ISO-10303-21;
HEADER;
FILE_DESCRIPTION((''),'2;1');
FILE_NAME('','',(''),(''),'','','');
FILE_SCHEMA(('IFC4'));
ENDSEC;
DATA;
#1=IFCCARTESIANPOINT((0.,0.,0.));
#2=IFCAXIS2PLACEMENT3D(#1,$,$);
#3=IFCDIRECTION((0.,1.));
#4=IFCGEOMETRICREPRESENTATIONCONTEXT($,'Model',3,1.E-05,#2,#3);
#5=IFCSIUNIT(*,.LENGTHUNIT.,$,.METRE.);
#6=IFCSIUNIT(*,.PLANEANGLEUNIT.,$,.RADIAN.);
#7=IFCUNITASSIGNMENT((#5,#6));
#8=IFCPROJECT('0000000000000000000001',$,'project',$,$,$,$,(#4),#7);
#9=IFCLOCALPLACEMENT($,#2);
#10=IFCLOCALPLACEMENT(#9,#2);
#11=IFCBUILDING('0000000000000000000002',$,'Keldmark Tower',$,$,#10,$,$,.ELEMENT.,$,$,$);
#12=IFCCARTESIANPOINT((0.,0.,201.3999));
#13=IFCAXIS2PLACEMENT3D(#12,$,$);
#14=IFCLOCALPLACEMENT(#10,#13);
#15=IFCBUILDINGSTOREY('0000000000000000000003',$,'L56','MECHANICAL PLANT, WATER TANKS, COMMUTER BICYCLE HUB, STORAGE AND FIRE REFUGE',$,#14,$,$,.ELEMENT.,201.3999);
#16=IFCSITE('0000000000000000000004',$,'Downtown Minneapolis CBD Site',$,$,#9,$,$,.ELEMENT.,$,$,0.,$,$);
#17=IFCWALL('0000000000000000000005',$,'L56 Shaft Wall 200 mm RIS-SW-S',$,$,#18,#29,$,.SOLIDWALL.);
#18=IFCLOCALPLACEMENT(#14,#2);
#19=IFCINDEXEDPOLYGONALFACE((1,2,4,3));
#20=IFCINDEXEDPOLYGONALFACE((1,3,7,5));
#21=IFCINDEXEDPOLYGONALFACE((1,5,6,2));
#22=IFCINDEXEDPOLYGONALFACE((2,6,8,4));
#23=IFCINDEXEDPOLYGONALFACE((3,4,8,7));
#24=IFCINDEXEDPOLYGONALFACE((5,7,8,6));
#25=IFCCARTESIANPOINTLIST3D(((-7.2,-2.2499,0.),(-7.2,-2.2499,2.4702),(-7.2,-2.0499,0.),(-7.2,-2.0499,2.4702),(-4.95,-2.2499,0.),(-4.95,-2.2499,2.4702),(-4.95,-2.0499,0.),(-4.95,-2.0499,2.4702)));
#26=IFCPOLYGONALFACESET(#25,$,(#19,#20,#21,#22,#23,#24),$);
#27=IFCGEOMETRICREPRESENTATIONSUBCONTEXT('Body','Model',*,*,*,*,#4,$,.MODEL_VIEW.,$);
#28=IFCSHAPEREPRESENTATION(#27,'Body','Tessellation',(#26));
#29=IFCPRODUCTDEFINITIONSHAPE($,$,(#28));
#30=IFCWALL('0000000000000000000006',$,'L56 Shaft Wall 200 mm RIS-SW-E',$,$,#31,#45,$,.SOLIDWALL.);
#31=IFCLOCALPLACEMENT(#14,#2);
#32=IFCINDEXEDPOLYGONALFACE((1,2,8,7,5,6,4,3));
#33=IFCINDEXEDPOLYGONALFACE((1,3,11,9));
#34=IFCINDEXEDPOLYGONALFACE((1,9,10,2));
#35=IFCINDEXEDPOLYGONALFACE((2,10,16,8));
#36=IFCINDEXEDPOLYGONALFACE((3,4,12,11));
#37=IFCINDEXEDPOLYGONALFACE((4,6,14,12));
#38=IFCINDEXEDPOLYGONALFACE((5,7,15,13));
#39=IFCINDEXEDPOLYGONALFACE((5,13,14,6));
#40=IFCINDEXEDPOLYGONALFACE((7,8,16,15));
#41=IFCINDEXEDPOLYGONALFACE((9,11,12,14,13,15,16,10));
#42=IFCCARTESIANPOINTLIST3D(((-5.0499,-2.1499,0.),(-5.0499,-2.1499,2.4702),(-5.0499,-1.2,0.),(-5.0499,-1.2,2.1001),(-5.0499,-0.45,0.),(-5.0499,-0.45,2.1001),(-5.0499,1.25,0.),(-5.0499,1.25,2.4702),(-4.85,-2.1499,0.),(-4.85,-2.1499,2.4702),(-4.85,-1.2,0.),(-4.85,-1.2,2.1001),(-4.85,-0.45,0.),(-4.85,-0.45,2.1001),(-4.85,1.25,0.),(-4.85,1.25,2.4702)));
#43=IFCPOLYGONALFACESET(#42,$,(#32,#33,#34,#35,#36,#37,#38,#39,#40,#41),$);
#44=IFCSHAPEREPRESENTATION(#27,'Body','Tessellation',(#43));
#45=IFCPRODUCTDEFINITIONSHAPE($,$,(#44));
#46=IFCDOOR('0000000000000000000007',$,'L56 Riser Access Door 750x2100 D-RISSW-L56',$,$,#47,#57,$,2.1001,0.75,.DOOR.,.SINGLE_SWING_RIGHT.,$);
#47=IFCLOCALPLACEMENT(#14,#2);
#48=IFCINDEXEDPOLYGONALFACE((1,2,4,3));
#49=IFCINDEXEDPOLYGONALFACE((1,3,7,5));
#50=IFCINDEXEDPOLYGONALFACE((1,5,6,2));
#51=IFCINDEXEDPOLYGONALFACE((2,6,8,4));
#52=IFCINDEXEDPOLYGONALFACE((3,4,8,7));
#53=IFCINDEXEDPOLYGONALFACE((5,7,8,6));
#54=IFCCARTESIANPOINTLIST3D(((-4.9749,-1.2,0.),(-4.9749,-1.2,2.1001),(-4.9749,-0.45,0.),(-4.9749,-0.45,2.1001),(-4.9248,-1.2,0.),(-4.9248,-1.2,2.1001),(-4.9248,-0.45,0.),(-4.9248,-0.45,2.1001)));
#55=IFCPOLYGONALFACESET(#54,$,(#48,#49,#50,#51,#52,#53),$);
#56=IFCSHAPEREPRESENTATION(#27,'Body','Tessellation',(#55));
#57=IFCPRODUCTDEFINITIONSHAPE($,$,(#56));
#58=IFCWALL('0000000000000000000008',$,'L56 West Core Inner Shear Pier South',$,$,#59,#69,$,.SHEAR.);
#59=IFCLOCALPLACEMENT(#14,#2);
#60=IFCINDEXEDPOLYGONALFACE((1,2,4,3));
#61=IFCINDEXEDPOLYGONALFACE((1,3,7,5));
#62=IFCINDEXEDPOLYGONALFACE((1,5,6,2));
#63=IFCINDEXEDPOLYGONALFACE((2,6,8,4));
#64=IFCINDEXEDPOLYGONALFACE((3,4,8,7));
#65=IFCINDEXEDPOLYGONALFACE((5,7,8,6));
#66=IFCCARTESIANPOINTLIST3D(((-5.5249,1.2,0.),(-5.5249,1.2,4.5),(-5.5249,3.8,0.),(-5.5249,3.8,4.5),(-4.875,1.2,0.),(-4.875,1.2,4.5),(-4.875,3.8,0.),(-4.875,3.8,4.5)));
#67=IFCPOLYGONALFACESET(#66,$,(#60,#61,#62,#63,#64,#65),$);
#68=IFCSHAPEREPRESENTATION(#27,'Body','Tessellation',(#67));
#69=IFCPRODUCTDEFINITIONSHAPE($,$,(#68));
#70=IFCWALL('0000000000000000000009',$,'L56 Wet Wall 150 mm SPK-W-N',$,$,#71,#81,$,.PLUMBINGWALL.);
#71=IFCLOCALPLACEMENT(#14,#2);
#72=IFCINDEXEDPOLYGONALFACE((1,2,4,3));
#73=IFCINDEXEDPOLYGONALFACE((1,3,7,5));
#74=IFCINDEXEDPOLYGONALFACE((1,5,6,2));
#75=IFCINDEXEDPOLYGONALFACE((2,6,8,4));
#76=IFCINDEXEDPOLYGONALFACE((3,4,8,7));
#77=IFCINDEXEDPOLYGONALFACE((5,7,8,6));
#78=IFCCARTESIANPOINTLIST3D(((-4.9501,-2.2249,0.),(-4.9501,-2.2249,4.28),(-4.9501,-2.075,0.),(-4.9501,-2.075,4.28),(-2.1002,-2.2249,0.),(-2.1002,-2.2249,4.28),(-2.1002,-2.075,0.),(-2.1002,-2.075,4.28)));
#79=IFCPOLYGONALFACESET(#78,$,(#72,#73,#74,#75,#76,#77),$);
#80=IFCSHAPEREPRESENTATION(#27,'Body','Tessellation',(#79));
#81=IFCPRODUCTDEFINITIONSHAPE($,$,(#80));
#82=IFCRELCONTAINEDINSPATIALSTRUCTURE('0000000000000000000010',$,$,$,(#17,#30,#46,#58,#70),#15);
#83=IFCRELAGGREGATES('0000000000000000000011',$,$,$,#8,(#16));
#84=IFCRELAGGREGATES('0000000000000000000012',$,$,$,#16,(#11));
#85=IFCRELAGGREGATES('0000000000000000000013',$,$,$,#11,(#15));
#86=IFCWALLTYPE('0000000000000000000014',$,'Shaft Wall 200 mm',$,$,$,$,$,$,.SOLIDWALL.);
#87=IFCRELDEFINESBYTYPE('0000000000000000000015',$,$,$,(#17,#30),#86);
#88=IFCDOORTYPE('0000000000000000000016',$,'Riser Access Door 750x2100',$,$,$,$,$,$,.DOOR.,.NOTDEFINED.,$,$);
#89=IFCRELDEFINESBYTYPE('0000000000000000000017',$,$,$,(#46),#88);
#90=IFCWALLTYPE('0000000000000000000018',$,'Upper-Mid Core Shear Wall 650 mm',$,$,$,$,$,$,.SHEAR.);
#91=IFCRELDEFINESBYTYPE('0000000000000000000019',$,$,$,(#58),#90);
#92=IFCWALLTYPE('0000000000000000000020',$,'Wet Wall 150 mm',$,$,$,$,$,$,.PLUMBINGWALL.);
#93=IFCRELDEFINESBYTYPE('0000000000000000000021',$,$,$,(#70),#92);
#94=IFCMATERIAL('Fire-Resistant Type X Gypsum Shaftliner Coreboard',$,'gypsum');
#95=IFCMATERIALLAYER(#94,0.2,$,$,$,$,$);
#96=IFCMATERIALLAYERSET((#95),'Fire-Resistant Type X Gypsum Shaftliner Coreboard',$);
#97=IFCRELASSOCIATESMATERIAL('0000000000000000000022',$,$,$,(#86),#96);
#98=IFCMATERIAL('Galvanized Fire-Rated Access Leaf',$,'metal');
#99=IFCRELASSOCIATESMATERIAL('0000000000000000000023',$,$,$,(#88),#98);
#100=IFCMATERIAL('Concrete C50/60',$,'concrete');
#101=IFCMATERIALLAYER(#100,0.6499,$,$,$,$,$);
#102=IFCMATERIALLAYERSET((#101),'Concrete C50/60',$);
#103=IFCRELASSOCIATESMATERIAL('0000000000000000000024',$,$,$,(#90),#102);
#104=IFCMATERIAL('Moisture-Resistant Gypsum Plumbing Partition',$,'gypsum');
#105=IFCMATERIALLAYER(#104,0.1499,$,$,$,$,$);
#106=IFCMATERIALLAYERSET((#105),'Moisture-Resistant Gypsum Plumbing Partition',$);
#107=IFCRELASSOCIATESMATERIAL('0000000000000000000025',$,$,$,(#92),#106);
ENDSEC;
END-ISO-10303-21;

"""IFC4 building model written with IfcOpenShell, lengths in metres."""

from ifc_helpers import new_model, si_unit, direction, frame, frame_2d, origin, place, context, subcontext, project, spatial, rectangle, extrude, material, layer, layer_set, type_object, element, fill, save


model = new_model("IFC4")

# Units and contexts
model_context = context("Model", 3, precision=1e-05, world=origin(), true_north=direction((0.0, 1.0)))
body_context = subcontext(model_context, "Body", "Model", "MODEL_VIEW")
ifc_project = project(units=[si_unit("LENGTHUNIT", "METRE"), si_unit("PLANEANGLEUNIT", "RADIAN")], contexts=[model_context])

# Site, building, storey
site_placement = place(None, origin())
site = spatial("IfcSite", under=ifc_project, at=site_placement, Name="Downtown Minneapolis CBD Site", CompositionType="ELEMENT", RefElevation=0.0)
building_placement = place(site_placement, origin())
building = spatial("IfcBuilding", under=site, at=building_placement, Name="Keldmark Tower", CompositionType="ELEMENT")
storey_placement = place(building_placement, frame((0.0, 0.0, 201.3999)))
storey = spatial("IfcBuildingStorey", under=building, at=storey_placement, Name="L56", Description="MECHANICAL PLANT, WATER TANKS, COMMUTER BICYCLE HUB, STORAGE AND FIRE REFUGE", CompositionType="ELEMENT", Elevation=201.3999)

# Wall
ifc_material_1 = material(Name="Fire-Resistant Type X Gypsum Shaftliner Coreboard", Category="gypsum")
ifc_layer_1 = layer(ifc_material_1, 0.2)
ifc_layer_set_1 = layer_set([ifc_layer_1], Name="Fire-Resistant Type X Gypsum Shaftliner Coreboard")
wall_type_1 = type_object("IfcWallType", Name="Shaft Wall 200 mm", PredefinedType="SOLIDWALL", material=ifc_layer_set_1)
wall_1_placement = place(storey_placement, frame((-7.2, -2.1499, 0.0), z_axis=(0.0, 0.0, 1.0), x_axis=(1.0, 0.0, 0.0)))
element("IfcWall", 1, at=wall_1_placement, inside=storey, type_object=wall_type_1, Name="L56 Shaft Wall 200 mm RIS-SW-S", PredefinedType="SOLIDWALL", context=body_context, shape_type="SweptSolid", body=[
    extrude(rectangle(XDim=2.25, YDim=0.2, at=frame_2d((1.125, 0.0))), origin(), (0.0, 0.0, 1.0), 2.4702),
])

# Wall, opening, door
wall_2_placement = place(storey_placement, frame((-4.95, -2.1499, 0.0), z_axis=(0.0, 0.0, 1.0), x_axis=(0.0, 1.0, 0.0)))
wall_2 = element("IfcWall", 2, at=wall_2_placement, inside=storey, type_object=wall_type_1, Name="L56 Shaft Wall 200 mm RIS-SW-E", PredefinedType="SOLIDWALL", context=body_context, shape_type="SweptSolid", body=[
    extrude(rectangle(XDim=3.3999, YDim=0.2, at=frame_2d((1.7, 0.0))), origin(), (0.0, 0.0, 1.0), 2.4702),
])
opening_1_placement = place(wall_2_placement, frame((0.95, 0.0, 0.0)))
opening_1 = element("IfcOpeningElement", 3, at=opening_1_placement, cuts=wall_2, PredefinedType="OPENING", context=body_context, shape_type="SweptSolid", body=[
    extrude(rectangle(XDim=0.75, YDim=2.1001, at=frame_2d((0.375, 1.05))), frame((0.0, 0.1099, 0.0), z_axis=(0.0, -1.0, 0.0), x_axis=(1.0, 0.0, 0.0)), (0.0, 0.0, 1.0), 0.22),
])
ifc_material_2 = material(Name="Galvanized Fire-Rated Access Leaf", Category="metal")
door_type_1 = type_object("IfcDoorType", Name="Riser Access Door 750x2100", OperationType="NOTDEFINED", PredefinedType="DOOR", material=ifc_material_2)
door_1_placement = place(opening_1_placement, origin())
door_1 = element("IfcDoor", 4, at=door_1_placement, inside=storey, type_object=door_type_1, Name="L56 Riser Access Door 750x2100 D-RISSW-L56", OperationType="SINGLE_SWING_RIGHT", OverallHeight=2.1001, OverallWidth=0.75, PredefinedType="DOOR", context=body_context, shape_type="SweptSolid", body=[
    extrude(rectangle(XDim=0.75, YDim=2.1001, at=frame_2d((0.375, 1.05))), frame((0.0, 0.0249, 0.0), z_axis=(0.0, -1.0, 0.0), x_axis=(1.0, 0.0, 0.0)), (0.0, 0.0, 1.0), 0.05),
])
fill(opening_1, door_1)

# Walls
ifc_material_3 = material(Name="Concrete C50/60", Category="concrete")
ifc_layer_2 = layer(ifc_material_3, 0.6499)
ifc_layer_set_2 = layer_set([ifc_layer_2], Name="Concrete C50/60")
wall_type_2 = type_object("IfcWallType", Name="Upper-Mid Core Shear Wall 650 mm", PredefinedType="SHEAR", material=ifc_layer_set_2)
wall_3_placement = place(storey_placement, frame((-5.2, 1.2, 0.0), z_axis=(0.0, 0.0, 1.0), x_axis=(0.0, 1.0, 0.0)))
element("IfcWall", 5, at=wall_3_placement, inside=storey, type_object=wall_type_2, Name="L56 West Core Inner Shear Pier South", PredefinedType="SHEAR", context=body_context, shape_type="SweptSolid", body=[
    extrude(rectangle(XDim=2.6001, YDim=0.6499, at=frame_2d((1.3, 0.0))), origin(), (0.0, 0.0, 1.0), 4.5),
])
ifc_material_4 = material(Name="Moisture-Resistant Gypsum Plumbing Partition", Category="gypsum")
ifc_layer_3 = layer(ifc_material_4, 0.1499)
ifc_layer_set_3 = layer_set([ifc_layer_3], Name="Moisture-Resistant Gypsum Plumbing Partition")
wall_type_3 = type_object("IfcWallType", Name="Wet Wall 150 mm", PredefinedType="PLUMBINGWALL", material=ifc_layer_set_3)
wall_4_placement = place(storey_placement, frame((-4.95, -2.1499, 0.0), z_axis=(0.0, 0.0, 1.0), x_axis=(1.0, 0.0, 0.0)))
element("IfcWall", 6, at=wall_4_placement, inside=storey, type_object=wall_type_3, Name="L56 Wet Wall 150 mm SPK-W-N", PredefinedType="PLUMBINGWALL", context=body_context, shape_type="SweptSolid", body=[
    extrude(rectangle(XDim=2.8499, YDim=0.1499, at=frame_2d((1.4248, 0.0))), origin(), (0.0, 0.0, 1.0), 4.28),
])

save(model, "model.ifc")
